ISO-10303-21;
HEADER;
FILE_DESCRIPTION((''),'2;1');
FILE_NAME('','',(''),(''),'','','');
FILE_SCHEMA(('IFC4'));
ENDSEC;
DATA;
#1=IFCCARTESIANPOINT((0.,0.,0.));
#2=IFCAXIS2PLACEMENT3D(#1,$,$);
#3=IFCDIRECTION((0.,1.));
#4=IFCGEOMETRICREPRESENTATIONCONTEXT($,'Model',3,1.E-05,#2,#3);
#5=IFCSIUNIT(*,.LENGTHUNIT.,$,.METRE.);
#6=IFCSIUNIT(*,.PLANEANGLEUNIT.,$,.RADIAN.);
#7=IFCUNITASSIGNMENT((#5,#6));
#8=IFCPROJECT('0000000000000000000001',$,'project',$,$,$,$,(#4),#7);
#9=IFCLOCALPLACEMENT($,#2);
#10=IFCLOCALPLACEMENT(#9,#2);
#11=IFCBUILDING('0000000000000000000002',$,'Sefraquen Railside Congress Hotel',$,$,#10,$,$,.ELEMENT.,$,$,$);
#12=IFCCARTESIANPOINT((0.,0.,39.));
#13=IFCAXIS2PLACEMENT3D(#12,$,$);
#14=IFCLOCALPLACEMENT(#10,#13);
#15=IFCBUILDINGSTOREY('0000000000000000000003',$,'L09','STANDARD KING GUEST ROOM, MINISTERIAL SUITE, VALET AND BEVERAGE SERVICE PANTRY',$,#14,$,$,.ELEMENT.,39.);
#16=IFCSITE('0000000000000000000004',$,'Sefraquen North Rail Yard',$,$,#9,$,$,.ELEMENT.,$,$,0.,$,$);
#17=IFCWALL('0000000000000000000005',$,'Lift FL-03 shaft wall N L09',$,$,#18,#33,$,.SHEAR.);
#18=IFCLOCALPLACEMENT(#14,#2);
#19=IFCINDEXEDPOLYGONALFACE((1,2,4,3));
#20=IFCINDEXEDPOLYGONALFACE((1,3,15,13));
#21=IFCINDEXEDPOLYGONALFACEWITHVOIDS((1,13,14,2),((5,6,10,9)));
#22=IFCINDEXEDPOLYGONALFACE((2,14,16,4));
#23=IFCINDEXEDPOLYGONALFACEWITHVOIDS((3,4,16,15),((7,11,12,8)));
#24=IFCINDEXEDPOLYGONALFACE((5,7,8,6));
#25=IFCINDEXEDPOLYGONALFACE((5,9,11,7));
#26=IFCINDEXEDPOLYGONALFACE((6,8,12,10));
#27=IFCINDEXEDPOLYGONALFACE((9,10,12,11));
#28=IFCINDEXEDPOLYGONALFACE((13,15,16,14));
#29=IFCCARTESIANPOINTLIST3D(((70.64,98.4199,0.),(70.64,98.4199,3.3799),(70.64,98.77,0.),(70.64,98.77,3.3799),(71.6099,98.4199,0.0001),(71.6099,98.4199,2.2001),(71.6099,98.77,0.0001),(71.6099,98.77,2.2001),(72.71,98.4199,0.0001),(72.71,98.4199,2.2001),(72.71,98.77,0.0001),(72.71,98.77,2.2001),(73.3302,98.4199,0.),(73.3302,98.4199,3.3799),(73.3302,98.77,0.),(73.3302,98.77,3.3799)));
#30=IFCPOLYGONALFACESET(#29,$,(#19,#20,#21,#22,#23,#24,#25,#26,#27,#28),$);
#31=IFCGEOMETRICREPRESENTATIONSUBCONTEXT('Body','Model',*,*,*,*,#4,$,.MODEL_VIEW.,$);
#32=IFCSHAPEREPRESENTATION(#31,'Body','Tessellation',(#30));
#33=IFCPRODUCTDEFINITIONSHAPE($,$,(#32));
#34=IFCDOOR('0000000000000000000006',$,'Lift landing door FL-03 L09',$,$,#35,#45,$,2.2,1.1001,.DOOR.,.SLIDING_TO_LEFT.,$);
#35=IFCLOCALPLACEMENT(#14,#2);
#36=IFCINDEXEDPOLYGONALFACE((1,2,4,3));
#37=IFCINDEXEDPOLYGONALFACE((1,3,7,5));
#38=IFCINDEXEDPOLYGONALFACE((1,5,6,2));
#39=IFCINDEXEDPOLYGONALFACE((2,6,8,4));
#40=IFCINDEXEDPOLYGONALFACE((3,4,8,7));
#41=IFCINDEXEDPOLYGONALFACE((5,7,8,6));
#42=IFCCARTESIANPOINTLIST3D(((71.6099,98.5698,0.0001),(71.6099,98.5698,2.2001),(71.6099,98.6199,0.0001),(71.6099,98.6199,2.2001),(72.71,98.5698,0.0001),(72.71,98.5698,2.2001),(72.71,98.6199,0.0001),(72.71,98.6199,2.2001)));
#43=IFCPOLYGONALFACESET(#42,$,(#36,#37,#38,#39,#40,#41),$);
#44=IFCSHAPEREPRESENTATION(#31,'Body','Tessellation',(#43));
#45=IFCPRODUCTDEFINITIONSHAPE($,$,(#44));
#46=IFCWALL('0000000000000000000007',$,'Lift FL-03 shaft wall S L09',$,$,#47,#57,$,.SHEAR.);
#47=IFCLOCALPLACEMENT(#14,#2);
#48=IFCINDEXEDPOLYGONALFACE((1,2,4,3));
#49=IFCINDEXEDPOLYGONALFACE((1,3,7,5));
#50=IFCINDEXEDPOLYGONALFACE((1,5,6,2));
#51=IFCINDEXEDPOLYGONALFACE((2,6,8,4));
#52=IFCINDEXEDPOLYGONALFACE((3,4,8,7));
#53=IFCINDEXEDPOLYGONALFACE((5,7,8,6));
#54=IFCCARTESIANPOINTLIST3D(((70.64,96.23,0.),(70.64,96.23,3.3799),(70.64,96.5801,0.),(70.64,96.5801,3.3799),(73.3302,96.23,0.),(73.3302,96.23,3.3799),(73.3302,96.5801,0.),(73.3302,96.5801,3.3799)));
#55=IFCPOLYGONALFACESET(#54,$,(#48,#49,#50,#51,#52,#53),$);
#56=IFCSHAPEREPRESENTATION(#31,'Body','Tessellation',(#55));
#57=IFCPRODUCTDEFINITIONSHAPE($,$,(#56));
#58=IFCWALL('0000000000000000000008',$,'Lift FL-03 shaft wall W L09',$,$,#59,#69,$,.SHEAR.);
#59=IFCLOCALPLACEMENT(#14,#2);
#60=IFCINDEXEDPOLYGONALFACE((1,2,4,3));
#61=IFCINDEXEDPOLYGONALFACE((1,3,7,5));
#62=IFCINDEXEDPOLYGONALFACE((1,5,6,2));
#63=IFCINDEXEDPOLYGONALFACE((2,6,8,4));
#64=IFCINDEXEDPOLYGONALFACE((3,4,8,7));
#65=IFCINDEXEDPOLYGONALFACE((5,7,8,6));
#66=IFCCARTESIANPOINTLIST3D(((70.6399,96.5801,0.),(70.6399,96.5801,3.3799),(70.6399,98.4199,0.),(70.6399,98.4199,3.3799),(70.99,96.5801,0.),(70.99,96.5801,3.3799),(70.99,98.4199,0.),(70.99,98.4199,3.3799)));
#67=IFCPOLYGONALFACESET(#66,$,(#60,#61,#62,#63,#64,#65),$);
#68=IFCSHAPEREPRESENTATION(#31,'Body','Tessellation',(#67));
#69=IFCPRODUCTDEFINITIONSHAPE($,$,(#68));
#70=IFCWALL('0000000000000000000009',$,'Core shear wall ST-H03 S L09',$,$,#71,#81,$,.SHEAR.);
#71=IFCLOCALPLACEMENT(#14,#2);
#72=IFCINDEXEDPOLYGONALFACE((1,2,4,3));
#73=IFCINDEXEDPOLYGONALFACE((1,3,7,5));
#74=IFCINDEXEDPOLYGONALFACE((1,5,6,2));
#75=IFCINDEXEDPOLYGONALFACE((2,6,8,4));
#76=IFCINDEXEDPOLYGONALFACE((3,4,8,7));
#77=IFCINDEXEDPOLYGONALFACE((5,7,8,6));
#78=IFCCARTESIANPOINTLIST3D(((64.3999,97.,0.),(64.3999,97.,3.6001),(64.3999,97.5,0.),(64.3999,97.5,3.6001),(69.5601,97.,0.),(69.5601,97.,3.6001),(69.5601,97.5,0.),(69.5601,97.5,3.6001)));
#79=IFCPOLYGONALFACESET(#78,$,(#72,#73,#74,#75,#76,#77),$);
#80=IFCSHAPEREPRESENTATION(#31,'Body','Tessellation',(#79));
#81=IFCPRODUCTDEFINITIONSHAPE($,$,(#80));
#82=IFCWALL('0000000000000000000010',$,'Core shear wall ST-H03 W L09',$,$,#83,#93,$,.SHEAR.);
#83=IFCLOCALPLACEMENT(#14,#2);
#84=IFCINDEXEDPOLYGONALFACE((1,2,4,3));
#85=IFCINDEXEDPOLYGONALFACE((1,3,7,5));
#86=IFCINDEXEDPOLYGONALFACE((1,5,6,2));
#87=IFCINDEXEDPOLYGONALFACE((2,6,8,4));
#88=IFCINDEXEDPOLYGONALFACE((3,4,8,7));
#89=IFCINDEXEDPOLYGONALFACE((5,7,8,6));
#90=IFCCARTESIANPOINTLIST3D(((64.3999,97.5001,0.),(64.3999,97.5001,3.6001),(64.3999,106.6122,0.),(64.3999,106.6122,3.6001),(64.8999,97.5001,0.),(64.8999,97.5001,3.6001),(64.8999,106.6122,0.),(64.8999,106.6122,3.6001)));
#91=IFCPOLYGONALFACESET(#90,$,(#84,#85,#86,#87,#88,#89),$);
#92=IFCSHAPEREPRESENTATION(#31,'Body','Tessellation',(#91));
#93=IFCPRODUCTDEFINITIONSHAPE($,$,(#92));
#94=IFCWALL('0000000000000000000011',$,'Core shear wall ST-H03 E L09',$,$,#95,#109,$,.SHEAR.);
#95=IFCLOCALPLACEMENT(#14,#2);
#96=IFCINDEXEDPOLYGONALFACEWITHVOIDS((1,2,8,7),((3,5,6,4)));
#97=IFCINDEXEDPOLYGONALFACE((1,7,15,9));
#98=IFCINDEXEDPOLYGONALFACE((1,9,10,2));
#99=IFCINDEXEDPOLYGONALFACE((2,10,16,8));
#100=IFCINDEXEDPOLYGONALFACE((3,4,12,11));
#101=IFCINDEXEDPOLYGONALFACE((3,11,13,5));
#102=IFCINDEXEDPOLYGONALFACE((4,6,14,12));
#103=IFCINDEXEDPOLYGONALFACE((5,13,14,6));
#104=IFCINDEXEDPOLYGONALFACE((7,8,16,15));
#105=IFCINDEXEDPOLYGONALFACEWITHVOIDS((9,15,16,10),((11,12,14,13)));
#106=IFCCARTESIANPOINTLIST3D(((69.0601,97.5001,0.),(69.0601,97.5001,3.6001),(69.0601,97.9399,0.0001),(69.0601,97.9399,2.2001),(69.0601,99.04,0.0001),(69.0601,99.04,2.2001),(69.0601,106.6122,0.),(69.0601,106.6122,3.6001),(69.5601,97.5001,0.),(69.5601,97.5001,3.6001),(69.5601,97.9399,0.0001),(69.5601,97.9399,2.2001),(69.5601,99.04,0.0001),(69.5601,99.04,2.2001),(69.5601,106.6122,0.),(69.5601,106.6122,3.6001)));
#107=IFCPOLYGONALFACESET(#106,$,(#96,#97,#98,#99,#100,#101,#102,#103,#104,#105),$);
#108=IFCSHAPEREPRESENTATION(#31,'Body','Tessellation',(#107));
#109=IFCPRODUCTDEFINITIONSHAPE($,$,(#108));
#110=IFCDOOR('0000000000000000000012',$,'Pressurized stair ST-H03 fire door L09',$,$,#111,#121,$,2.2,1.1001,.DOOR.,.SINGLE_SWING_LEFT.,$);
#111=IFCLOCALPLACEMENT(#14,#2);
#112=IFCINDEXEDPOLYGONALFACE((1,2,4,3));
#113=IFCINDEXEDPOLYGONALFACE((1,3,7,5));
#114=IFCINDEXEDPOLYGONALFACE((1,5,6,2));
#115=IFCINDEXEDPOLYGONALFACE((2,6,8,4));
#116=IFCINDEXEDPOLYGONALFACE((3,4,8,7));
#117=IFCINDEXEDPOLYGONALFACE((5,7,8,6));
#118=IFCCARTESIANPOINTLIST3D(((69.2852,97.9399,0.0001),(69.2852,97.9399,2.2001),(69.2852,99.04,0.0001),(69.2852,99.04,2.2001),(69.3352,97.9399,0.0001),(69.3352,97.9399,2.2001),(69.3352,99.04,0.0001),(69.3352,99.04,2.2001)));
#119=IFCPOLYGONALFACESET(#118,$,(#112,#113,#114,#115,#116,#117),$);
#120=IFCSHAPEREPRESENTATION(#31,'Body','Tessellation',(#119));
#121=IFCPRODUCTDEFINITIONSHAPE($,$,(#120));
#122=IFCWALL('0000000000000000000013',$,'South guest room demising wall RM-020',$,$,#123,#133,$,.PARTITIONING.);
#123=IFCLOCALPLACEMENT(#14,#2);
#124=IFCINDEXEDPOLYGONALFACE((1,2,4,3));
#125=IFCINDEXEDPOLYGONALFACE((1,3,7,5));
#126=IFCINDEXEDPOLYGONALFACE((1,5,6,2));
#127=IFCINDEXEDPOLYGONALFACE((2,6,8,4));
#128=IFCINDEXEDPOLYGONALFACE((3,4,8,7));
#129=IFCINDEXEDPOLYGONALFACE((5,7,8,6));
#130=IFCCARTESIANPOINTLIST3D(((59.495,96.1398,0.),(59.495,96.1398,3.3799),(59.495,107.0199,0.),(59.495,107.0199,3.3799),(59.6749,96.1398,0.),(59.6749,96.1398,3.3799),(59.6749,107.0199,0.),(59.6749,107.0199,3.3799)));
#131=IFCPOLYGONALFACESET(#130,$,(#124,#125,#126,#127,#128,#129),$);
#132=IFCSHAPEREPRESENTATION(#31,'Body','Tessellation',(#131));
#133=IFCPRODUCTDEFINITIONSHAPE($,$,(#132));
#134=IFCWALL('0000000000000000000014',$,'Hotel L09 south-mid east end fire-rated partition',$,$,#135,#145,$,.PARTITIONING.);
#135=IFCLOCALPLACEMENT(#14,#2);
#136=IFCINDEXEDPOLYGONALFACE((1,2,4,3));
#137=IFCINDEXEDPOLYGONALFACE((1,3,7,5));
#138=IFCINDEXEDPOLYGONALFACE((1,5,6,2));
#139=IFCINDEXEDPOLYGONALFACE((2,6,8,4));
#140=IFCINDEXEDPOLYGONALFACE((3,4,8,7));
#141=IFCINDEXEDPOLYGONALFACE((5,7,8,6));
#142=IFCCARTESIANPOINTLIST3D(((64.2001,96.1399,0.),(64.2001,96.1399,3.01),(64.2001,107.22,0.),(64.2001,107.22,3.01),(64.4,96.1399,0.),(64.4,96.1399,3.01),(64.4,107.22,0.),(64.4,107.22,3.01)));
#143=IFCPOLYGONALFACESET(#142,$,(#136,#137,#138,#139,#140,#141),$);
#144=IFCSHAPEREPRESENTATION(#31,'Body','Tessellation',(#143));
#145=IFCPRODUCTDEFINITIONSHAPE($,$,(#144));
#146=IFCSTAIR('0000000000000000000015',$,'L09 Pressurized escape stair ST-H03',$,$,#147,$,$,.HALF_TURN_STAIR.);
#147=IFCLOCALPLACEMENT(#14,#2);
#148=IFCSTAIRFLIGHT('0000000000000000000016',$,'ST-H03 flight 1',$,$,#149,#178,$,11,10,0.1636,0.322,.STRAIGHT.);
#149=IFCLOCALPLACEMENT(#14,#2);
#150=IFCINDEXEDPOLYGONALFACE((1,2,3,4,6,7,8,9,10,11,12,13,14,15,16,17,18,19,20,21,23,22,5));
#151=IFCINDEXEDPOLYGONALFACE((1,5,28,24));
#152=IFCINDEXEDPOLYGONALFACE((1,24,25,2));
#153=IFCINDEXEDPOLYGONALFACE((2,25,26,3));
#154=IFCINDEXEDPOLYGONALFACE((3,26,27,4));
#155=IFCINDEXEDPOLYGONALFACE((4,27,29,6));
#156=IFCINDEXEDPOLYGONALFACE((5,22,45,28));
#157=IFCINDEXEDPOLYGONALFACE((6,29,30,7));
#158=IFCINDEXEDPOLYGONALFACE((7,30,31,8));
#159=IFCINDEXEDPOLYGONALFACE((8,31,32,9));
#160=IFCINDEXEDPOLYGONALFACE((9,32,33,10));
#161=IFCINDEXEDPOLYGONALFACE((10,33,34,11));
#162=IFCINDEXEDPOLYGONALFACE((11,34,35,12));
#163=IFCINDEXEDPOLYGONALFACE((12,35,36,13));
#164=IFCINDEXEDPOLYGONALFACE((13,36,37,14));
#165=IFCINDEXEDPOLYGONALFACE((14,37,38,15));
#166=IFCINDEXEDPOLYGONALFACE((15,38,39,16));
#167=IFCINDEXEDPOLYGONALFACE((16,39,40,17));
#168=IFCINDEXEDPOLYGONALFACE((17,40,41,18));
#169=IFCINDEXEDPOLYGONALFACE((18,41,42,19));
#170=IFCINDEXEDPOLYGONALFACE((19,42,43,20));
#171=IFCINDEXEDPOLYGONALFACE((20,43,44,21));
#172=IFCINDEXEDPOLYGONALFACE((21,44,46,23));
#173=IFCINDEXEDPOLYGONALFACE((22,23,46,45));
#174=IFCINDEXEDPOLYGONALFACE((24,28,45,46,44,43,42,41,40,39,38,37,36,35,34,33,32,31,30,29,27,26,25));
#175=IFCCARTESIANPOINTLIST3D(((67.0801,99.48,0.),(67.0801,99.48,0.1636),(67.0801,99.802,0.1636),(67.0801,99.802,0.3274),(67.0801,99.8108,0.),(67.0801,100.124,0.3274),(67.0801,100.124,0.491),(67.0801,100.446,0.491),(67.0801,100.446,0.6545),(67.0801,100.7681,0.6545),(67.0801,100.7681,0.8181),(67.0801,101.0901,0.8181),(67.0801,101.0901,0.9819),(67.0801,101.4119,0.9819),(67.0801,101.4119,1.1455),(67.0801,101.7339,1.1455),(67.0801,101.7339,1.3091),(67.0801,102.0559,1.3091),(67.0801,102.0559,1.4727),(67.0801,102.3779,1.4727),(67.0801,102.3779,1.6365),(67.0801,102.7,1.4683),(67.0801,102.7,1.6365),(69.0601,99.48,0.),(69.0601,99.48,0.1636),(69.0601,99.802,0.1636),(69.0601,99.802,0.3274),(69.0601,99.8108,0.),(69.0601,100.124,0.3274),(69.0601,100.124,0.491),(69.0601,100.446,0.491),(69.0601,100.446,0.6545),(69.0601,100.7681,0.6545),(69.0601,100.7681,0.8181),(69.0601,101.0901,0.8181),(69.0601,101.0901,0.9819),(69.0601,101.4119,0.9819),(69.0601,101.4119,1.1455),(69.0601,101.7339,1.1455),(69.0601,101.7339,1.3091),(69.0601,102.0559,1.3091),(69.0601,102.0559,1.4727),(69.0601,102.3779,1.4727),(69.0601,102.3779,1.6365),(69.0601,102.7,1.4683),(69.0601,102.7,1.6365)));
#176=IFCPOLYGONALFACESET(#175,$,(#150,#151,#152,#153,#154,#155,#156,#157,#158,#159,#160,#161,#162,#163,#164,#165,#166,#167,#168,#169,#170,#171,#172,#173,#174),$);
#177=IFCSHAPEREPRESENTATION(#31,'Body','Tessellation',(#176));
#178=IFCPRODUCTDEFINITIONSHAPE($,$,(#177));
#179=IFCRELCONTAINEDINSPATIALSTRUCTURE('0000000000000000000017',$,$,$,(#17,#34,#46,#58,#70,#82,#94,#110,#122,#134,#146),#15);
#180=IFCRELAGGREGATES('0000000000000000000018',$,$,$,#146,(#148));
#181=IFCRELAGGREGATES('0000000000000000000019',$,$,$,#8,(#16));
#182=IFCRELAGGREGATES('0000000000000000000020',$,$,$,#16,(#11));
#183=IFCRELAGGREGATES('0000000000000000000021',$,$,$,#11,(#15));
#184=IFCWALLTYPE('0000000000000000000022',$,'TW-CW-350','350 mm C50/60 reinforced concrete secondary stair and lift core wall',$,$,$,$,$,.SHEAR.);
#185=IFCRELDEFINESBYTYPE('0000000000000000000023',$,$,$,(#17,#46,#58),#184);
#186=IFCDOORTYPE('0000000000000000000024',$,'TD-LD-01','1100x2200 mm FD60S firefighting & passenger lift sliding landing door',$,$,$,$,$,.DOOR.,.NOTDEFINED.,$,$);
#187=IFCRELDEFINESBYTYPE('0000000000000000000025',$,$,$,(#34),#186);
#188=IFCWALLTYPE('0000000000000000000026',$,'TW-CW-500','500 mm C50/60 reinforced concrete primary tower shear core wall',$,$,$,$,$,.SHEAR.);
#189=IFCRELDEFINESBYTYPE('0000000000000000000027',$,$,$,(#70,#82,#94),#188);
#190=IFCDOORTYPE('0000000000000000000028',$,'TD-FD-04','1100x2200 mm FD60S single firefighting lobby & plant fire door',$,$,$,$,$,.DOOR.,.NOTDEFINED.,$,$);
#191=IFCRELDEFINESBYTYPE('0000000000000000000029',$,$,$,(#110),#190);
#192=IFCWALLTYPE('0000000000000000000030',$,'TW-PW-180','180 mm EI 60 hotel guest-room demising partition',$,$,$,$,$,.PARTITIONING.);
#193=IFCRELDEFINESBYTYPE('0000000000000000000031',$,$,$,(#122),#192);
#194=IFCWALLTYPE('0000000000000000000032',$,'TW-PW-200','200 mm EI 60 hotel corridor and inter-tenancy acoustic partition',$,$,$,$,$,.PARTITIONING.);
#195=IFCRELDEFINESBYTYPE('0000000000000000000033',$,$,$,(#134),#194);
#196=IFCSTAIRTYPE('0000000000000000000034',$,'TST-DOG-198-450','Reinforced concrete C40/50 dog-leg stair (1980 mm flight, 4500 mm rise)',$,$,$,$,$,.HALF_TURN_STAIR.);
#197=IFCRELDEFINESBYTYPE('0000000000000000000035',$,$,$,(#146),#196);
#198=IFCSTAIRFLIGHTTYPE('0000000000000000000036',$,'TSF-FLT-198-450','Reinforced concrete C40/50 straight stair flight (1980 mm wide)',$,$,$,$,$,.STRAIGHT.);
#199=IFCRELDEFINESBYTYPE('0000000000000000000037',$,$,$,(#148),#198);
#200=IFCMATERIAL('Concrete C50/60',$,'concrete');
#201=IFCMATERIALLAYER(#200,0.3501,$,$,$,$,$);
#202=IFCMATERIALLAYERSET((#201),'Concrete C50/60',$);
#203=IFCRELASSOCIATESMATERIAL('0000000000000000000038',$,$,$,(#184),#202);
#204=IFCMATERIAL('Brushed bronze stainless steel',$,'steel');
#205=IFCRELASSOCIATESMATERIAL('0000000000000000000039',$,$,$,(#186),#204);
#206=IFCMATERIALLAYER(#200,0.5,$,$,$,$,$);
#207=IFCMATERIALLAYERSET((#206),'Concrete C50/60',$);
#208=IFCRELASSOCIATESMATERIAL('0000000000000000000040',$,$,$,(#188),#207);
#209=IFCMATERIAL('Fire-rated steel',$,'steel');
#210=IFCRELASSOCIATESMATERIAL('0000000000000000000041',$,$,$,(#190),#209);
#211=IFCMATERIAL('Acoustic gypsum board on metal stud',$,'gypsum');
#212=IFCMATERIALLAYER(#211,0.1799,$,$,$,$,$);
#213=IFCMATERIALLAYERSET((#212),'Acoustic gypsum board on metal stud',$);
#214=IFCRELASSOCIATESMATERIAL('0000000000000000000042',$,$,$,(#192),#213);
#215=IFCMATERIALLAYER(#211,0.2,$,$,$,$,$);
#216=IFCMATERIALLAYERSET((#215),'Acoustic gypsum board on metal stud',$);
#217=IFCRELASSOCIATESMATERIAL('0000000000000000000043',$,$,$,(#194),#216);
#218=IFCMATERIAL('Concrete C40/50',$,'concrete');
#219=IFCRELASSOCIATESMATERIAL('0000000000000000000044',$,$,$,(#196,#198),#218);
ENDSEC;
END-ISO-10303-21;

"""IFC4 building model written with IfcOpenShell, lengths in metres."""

from ifc_helpers import new_model, si_unit, direction, frame, frame_2d, origin, place, context, subcontext, project, spatial, polyline, rectangle, outline, extrude, material, layer, layer_set, type_object, element, fill, aggregate, save


model = new_model("IFC4")

# Units and contexts
model_context = context("Model", 3, precision=1e-05, world=origin(), true_north=direction((0.0, 1.0)))
body_context = subcontext(model_context, "Body", "Model", "MODEL_VIEW")
ifc_project = project(units=[si_unit("LENGTHUNIT", "METRE"), si_unit("PLANEANGLEUNIT", "RADIAN")], contexts=[model_context])

# Site, building, storey
site_placement = place(None, origin())
site = spatial("IfcSite", under=ifc_project, at=site_placement, Name="Sefraquen North Rail Yard", CompositionType="ELEMENT", RefElevation=0.0)
building_placement = place(site_placement, origin())
building = spatial("IfcBuilding", under=site, at=building_placement, Name="Sefraquen Railside Congress Hotel", CompositionType="ELEMENT")
storey_placement = place(building_placement, frame((0.0, 0.0, 39.0)))
storey = spatial("IfcBuildingStorey", under=building, at=storey_placement, Name="L09", Description="STANDARD KING GUEST ROOM, MINISTERIAL SUITE, VALET AND BEVERAGE SERVICE PANTRY", CompositionType="ELEMENT", Elevation=39.0)

# Wall, opening, door
ifc_material_1 = material(Name="Concrete C50/60", Category="concrete")
ifc_layer_1 = layer(ifc_material_1, 0.3501)
ifc_layer_set_1 = layer_set([ifc_layer_1], Name="Concrete C50/60")
wall_type_1 = type_object("IfcWallType", Name="TW-CW-350", Description="350 mm C50/60 reinforced concrete secondary stair and lift core wall", PredefinedType="SHEAR", material=ifc_layer_set_1)
wall_1_placement = place(storey_placement, frame((70.6399, 98.595, 0.0), z_axis=(0.0, 0.0, 1.0), x_axis=(1.0, 0.0, 0.0)))
wall_1 = element("IfcWall", 1, at=wall_1_placement, inside=storey, type_object=wall_type_1, Name="Lift FL-03 shaft wall N L09", PredefinedType="SHEAR", context=body_context, shape_type="SweptSolid", body=[
    extrude(rectangle(XDim=2.6902, YDim=0.3501, at=frame_2d((1.3452, 0.0))), origin(), (0.0, 0.0, 1.0), 3.3799),
])
opening_1_placement = place(wall_1_placement, frame((0.97, 0.0, 0.0)))
opening_1 = element("IfcOpeningElement", 2, at=opening_1_placement, cuts=wall_1, PredefinedType="OPENING", context=body_context, shape_type="SweptSolid", body=[
    extrude(rectangle(XDim=1.1001, YDim=2.2, at=frame_2d((0.55, 1.1001))), frame((0.0, 0.1851, 0.0), z_axis=(0.0, -1.0, 0.0), x_axis=(1.0, 0.0, 0.0)), (0.0, 0.0, 1.0), 0.3701),
])
ifc_material_2 = material(Name="Brushed bronze stainless steel", Category="steel")
door_type_1 = type_object("IfcDoorType", Name="TD-LD-01", Description="1100x2200 mm FD60S firefighting & passenger lift sliding landing door", OperationType="NOTDEFINED", PredefinedType="DOOR", material=ifc_material_2)
door_1_placement = place(opening_1_placement, origin())
door_1 = element("IfcDoor", 3, at=door_1_placement, inside=storey, type_object=door_type_1, Name="Lift landing door FL-03 L09", OperationType="SLIDING_TO_LEFT", OverallHeight=2.2, OverallWidth=1.1001, PredefinedType="DOOR", context=body_context, shape_type="SweptSolid", body=[
    extrude(rectangle(XDim=1.1001, YDim=2.2, at=frame_2d((0.55, 1.1001))), frame((0.0, 0.0249, 0.0), z_axis=(0.0, -1.0, 0.0), x_axis=(1.0, 0.0, 0.0)), (0.0, 0.0, 1.0), 0.05),
])
fill(opening_1, door_1)

# Walls
wall_2_placement = place(storey_placement, frame((70.6399, 96.405, 0.0), z_axis=(0.0, 0.0, 1.0), x_axis=(1.0, 0.0, 0.0)))
element("IfcWall", 4, at=wall_2_placement, inside=storey, type_object=wall_type_1, Name="Lift FL-03 shaft wall S L09", PredefinedType="SHEAR", context=body_context, shape_type="SweptSolid", body=[
    extrude(rectangle(XDim=2.6902, YDim=0.3501, at=frame_2d((1.3452, 0.0))), origin(), (0.0, 0.0, 1.0), 3.3799),
])
wall_3_placement = place(storey_placement, frame((70.8149, 96.5801, 0.0), z_axis=(0.0, 0.0, 1.0), x_axis=(0.0, 1.0, 0.0)))
element("IfcWall", 5, at=wall_3_placement, inside=storey, type_object=wall_type_1, Name="Lift FL-03 shaft wall W L09", PredefinedType="SHEAR", context=body_context, shape_type="SweptSolid", body=[
    extrude(rectangle(XDim=1.8398, YDim=0.3501, at=frame_2d((0.9199, 0.0))), origin(), (0.0, 0.0, 1.0), 3.3799),
])
ifc_layer_2 = layer(ifc_material_1, 0.5)
ifc_layer_set_2 = layer_set([ifc_layer_2], Name="Concrete C50/60")
wall_type_2 = type_object("IfcWallType", Name="TW-CW-500", Description="500 mm C50/60 reinforced concrete primary tower shear core wall", PredefinedType="SHEAR", material=ifc_layer_set_2)
wall_4_placement = place(storey_placement, frame((64.3999, 97.25, 0.0), z_axis=(0.0, 0.0, 1.0), x_axis=(1.0, 0.0, 0.0)))
element("IfcWall", 6, at=wall_4_placement, inside=storey, type_object=wall_type_2, Name="Core shear wall ST-H03 S L09", PredefinedType="SHEAR", context=body_context, shape_type="SweptSolid", body=[
    extrude(rectangle(XDim=5.1602, YDim=0.5, at=frame_2d((2.5801, 0.0))), origin(), (0.0, 0.0, 1.0), 3.6001),
])
wall_5_placement = place(storey_placement, frame((64.6499, 97.5, 0.0), z_axis=(0.0, 0.0, 1.0), x_axis=(0.0, 1.0, 0.0)))
element("IfcWall", 7, at=wall_5_placement, inside=storey, type_object=wall_type_2, Name="Core shear wall ST-H03 W L09", PredefinedType="SHEAR", context=body_context, shape_type="SweptSolid", body=[
    extrude(rectangle(XDim=9.1121, YDim=0.5, at=frame_2d((4.5562, 0.0))), origin(), (0.0, 0.0, 1.0), 3.6001),
])

# Wall, opening, door
wall_6_placement = place(storey_placement, frame((69.3101, 97.5, 0.0), z_axis=(0.0, 0.0, 1.0), x_axis=(0.0, 1.0, 0.0)))
wall_6 = element("IfcWall", 8, at=wall_6_placement, inside=storey, type_object=wall_type_2, Name="Core shear wall ST-H03 E L09", PredefinedType="SHEAR", context=body_context, shape_type="SweptSolid", body=[
    extrude(rectangle(XDim=9.1121, YDim=0.5, at=frame_2d((4.5562, 0.0))), origin(), (0.0, 0.0, 1.0), 3.6001),
])
opening_2_placement = place(wall_6_placement, frame((0.4399, 0.0, 0.0)))
opening_2 = element("IfcOpeningElement", 9, at=opening_2_placement, cuts=wall_6, PredefinedType="OPENING", context=body_context, shape_type="SweptSolid", body=[
    extrude(rectangle(XDim=1.1001, YDim=2.2, at=frame_2d((0.55, 1.1001))), frame((0.0, 0.26, 0.0), z_axis=(0.0, -1.0, 0.0), x_axis=(1.0, 0.0, 0.0)), (0.0, 0.0, 1.0), 0.52),
])
ifc_material_3 = material(Name="Fire-rated steel", Category="steel")
door_type_2 = type_object("IfcDoorType", Name="TD-FD-04", Description="1100x2200 mm FD60S single firefighting lobby & plant fire door", OperationType="NOTDEFINED", PredefinedType="DOOR", material=ifc_material_3)
door_2_placement = place(opening_2_placement, origin())
door_2 = element("IfcDoor", 10, at=door_2_placement, inside=storey, type_object=door_type_2, Name="Pressurized stair ST-H03 fire door L09", OperationType="SINGLE_SWING_LEFT", OverallHeight=2.2, OverallWidth=1.1001, PredefinedType="DOOR", context=body_context, shape_type="SweptSolid", body=[
    extrude(rectangle(XDim=1.1001, YDim=2.2, at=frame_2d((0.55, 1.1001))), frame((0.0, 0.0249, 0.0), z_axis=(0.0, -1.0, 0.0), x_axis=(1.0, 0.0, 0.0)), (0.0, 0.0, 1.0), 0.05),
])
fill(opening_2, door_2)

# Walls
ifc_material_4 = material(Name="Acoustic gypsum board on metal stud", Category="gypsum")
ifc_layer_3 = layer(ifc_material_4, 0.1799)
ifc_layer_set_3 = layer_set([ifc_layer_3], Name="Acoustic gypsum board on metal stud")
wall_type_3 = type_object("IfcWallType", Name="TW-PW-180", Description="180 mm EI 60 hotel guest-room demising partition", PredefinedType="PARTITIONING", material=ifc_layer_set_3)
wall_7_placement = place(storey_placement, frame((59.585, 96.1399, 0.0), z_axis=(0.0, 0.0, 1.0), x_axis=(0.0, 1.0, 0.0)))
element("IfcWall", 11, at=wall_7_placement, inside=storey, type_object=wall_type_3, Name="South guest room demising wall RM-020", PredefinedType="PARTITIONING", context=body_context, shape_type="SweptSolid", body=[
    extrude(rectangle(XDim=10.8801, YDim=0.1799, at=frame_2d((5.4399, 0.0))), origin(), (0.0, 0.0, 1.0), 3.3799),
])
ifc_layer_4 = layer(ifc_material_4, 0.2)
ifc_layer_set_4 = layer_set([ifc_layer_4], Name="Acoustic gypsum board on metal stud")
wall_type_4 = type_object("IfcWallType", Name="TW-PW-200", Description="200 mm EI 60 hotel corridor and inter-tenancy acoustic partition", PredefinedType="PARTITIONING", material=ifc_layer_set_4)
wall_8_placement = place(storey_placement, frame((64.3, 96.1399, 0.0), z_axis=(0.0, 0.0, 1.0), x_axis=(0.0, 1.0, 0.0)))
element("IfcWall", 12, at=wall_8_placement, inside=storey, type_object=wall_type_4, Name="Hotel L09 south-mid east end fire-rated partition", PredefinedType="PARTITIONING", context=body_context, shape_type="SweptSolid", body=[
    extrude(rectangle(XDim=11.0801, YDim=0.2, at=frame_2d((5.54, 0.0))), origin(), (0.0, 0.0, 1.0), 3.01),
])

# Stair, stair flight
ifc_material_5 = material(Name="Concrete C40/50", Category="concrete")
stair_type = type_object("IfcStairType", Name="TST-DOG-198-450", Description="Reinforced concrete C40/50 dog-leg stair (1980 mm flight, 4500 mm rise)", PredefinedType="HALF_TURN_STAIR", material=ifc_material_5)
stair_placement = place(storey_placement, origin())
stair = element("IfcStair", 13, at=stair_placement, inside=storey, type_object=stair_type, Name="L09 Pressurized escape stair ST-H03", PredefinedType="HALF_TURN_STAIR")
stair_flight_type = type_object("IfcStairFlightType", Name="TSF-FLT-198-450", Description="Reinforced concrete C40/50 straight stair flight (1980 mm wide)", PredefinedType="STRAIGHT", material=ifc_material_5)
stair_flight_placement = place(storey_placement, frame((68.0701, 99.48, 0.0), z_axis=(0.0, 0.0, 1.0), x_axis=(0.0, 1.0, 0.0)))
stair_flight = element("IfcStairFlight", 14, at=stair_flight_placement, type_object=stair_flight_type, Name="ST-H03 flight 1", NumberOfRisers=11, NumberOfTreads=10, PredefinedType="STRAIGHT", RiserHeight=0.1636, TreadLength=0.322, context=body_context, shape_type="SweptSolid", body=[
    extrude(outline(polyline([(0.0, 0.0), (0.0, 0.1636), (0.322, 0.1636), (0.322, 0.3274), (0.644, 0.3274), (0.644, 0.491), (0.9661, 0.491), (0.9661, 0.6545), (1.2881, 0.6545), (1.2881, 0.8181), (1.6101, 0.8181), (1.6101, 0.9819), (1.9319, 0.9819), (1.9319, 1.1455), (2.2539, 1.1455), (2.2539, 1.3091), (2.5759, 1.3091), (2.5759, 1.4727), (2.8979, 1.4727), (2.8979, 1.6365), (3.22, 1.6365), (3.22, 1.8), (3.22, 1.4683), (0.3308, 0.0), (0.0, 0.0)])), frame((0.0, 0.99, 0.0), z_axis=(0.0, -1.0, 0.0), x_axis=(1.0, 0.0, 0.0)), (0.0, 0.0, 1.0), 1.98),
])
aggregate(stair, [stair_flight])

save(model, "model.ifc")
